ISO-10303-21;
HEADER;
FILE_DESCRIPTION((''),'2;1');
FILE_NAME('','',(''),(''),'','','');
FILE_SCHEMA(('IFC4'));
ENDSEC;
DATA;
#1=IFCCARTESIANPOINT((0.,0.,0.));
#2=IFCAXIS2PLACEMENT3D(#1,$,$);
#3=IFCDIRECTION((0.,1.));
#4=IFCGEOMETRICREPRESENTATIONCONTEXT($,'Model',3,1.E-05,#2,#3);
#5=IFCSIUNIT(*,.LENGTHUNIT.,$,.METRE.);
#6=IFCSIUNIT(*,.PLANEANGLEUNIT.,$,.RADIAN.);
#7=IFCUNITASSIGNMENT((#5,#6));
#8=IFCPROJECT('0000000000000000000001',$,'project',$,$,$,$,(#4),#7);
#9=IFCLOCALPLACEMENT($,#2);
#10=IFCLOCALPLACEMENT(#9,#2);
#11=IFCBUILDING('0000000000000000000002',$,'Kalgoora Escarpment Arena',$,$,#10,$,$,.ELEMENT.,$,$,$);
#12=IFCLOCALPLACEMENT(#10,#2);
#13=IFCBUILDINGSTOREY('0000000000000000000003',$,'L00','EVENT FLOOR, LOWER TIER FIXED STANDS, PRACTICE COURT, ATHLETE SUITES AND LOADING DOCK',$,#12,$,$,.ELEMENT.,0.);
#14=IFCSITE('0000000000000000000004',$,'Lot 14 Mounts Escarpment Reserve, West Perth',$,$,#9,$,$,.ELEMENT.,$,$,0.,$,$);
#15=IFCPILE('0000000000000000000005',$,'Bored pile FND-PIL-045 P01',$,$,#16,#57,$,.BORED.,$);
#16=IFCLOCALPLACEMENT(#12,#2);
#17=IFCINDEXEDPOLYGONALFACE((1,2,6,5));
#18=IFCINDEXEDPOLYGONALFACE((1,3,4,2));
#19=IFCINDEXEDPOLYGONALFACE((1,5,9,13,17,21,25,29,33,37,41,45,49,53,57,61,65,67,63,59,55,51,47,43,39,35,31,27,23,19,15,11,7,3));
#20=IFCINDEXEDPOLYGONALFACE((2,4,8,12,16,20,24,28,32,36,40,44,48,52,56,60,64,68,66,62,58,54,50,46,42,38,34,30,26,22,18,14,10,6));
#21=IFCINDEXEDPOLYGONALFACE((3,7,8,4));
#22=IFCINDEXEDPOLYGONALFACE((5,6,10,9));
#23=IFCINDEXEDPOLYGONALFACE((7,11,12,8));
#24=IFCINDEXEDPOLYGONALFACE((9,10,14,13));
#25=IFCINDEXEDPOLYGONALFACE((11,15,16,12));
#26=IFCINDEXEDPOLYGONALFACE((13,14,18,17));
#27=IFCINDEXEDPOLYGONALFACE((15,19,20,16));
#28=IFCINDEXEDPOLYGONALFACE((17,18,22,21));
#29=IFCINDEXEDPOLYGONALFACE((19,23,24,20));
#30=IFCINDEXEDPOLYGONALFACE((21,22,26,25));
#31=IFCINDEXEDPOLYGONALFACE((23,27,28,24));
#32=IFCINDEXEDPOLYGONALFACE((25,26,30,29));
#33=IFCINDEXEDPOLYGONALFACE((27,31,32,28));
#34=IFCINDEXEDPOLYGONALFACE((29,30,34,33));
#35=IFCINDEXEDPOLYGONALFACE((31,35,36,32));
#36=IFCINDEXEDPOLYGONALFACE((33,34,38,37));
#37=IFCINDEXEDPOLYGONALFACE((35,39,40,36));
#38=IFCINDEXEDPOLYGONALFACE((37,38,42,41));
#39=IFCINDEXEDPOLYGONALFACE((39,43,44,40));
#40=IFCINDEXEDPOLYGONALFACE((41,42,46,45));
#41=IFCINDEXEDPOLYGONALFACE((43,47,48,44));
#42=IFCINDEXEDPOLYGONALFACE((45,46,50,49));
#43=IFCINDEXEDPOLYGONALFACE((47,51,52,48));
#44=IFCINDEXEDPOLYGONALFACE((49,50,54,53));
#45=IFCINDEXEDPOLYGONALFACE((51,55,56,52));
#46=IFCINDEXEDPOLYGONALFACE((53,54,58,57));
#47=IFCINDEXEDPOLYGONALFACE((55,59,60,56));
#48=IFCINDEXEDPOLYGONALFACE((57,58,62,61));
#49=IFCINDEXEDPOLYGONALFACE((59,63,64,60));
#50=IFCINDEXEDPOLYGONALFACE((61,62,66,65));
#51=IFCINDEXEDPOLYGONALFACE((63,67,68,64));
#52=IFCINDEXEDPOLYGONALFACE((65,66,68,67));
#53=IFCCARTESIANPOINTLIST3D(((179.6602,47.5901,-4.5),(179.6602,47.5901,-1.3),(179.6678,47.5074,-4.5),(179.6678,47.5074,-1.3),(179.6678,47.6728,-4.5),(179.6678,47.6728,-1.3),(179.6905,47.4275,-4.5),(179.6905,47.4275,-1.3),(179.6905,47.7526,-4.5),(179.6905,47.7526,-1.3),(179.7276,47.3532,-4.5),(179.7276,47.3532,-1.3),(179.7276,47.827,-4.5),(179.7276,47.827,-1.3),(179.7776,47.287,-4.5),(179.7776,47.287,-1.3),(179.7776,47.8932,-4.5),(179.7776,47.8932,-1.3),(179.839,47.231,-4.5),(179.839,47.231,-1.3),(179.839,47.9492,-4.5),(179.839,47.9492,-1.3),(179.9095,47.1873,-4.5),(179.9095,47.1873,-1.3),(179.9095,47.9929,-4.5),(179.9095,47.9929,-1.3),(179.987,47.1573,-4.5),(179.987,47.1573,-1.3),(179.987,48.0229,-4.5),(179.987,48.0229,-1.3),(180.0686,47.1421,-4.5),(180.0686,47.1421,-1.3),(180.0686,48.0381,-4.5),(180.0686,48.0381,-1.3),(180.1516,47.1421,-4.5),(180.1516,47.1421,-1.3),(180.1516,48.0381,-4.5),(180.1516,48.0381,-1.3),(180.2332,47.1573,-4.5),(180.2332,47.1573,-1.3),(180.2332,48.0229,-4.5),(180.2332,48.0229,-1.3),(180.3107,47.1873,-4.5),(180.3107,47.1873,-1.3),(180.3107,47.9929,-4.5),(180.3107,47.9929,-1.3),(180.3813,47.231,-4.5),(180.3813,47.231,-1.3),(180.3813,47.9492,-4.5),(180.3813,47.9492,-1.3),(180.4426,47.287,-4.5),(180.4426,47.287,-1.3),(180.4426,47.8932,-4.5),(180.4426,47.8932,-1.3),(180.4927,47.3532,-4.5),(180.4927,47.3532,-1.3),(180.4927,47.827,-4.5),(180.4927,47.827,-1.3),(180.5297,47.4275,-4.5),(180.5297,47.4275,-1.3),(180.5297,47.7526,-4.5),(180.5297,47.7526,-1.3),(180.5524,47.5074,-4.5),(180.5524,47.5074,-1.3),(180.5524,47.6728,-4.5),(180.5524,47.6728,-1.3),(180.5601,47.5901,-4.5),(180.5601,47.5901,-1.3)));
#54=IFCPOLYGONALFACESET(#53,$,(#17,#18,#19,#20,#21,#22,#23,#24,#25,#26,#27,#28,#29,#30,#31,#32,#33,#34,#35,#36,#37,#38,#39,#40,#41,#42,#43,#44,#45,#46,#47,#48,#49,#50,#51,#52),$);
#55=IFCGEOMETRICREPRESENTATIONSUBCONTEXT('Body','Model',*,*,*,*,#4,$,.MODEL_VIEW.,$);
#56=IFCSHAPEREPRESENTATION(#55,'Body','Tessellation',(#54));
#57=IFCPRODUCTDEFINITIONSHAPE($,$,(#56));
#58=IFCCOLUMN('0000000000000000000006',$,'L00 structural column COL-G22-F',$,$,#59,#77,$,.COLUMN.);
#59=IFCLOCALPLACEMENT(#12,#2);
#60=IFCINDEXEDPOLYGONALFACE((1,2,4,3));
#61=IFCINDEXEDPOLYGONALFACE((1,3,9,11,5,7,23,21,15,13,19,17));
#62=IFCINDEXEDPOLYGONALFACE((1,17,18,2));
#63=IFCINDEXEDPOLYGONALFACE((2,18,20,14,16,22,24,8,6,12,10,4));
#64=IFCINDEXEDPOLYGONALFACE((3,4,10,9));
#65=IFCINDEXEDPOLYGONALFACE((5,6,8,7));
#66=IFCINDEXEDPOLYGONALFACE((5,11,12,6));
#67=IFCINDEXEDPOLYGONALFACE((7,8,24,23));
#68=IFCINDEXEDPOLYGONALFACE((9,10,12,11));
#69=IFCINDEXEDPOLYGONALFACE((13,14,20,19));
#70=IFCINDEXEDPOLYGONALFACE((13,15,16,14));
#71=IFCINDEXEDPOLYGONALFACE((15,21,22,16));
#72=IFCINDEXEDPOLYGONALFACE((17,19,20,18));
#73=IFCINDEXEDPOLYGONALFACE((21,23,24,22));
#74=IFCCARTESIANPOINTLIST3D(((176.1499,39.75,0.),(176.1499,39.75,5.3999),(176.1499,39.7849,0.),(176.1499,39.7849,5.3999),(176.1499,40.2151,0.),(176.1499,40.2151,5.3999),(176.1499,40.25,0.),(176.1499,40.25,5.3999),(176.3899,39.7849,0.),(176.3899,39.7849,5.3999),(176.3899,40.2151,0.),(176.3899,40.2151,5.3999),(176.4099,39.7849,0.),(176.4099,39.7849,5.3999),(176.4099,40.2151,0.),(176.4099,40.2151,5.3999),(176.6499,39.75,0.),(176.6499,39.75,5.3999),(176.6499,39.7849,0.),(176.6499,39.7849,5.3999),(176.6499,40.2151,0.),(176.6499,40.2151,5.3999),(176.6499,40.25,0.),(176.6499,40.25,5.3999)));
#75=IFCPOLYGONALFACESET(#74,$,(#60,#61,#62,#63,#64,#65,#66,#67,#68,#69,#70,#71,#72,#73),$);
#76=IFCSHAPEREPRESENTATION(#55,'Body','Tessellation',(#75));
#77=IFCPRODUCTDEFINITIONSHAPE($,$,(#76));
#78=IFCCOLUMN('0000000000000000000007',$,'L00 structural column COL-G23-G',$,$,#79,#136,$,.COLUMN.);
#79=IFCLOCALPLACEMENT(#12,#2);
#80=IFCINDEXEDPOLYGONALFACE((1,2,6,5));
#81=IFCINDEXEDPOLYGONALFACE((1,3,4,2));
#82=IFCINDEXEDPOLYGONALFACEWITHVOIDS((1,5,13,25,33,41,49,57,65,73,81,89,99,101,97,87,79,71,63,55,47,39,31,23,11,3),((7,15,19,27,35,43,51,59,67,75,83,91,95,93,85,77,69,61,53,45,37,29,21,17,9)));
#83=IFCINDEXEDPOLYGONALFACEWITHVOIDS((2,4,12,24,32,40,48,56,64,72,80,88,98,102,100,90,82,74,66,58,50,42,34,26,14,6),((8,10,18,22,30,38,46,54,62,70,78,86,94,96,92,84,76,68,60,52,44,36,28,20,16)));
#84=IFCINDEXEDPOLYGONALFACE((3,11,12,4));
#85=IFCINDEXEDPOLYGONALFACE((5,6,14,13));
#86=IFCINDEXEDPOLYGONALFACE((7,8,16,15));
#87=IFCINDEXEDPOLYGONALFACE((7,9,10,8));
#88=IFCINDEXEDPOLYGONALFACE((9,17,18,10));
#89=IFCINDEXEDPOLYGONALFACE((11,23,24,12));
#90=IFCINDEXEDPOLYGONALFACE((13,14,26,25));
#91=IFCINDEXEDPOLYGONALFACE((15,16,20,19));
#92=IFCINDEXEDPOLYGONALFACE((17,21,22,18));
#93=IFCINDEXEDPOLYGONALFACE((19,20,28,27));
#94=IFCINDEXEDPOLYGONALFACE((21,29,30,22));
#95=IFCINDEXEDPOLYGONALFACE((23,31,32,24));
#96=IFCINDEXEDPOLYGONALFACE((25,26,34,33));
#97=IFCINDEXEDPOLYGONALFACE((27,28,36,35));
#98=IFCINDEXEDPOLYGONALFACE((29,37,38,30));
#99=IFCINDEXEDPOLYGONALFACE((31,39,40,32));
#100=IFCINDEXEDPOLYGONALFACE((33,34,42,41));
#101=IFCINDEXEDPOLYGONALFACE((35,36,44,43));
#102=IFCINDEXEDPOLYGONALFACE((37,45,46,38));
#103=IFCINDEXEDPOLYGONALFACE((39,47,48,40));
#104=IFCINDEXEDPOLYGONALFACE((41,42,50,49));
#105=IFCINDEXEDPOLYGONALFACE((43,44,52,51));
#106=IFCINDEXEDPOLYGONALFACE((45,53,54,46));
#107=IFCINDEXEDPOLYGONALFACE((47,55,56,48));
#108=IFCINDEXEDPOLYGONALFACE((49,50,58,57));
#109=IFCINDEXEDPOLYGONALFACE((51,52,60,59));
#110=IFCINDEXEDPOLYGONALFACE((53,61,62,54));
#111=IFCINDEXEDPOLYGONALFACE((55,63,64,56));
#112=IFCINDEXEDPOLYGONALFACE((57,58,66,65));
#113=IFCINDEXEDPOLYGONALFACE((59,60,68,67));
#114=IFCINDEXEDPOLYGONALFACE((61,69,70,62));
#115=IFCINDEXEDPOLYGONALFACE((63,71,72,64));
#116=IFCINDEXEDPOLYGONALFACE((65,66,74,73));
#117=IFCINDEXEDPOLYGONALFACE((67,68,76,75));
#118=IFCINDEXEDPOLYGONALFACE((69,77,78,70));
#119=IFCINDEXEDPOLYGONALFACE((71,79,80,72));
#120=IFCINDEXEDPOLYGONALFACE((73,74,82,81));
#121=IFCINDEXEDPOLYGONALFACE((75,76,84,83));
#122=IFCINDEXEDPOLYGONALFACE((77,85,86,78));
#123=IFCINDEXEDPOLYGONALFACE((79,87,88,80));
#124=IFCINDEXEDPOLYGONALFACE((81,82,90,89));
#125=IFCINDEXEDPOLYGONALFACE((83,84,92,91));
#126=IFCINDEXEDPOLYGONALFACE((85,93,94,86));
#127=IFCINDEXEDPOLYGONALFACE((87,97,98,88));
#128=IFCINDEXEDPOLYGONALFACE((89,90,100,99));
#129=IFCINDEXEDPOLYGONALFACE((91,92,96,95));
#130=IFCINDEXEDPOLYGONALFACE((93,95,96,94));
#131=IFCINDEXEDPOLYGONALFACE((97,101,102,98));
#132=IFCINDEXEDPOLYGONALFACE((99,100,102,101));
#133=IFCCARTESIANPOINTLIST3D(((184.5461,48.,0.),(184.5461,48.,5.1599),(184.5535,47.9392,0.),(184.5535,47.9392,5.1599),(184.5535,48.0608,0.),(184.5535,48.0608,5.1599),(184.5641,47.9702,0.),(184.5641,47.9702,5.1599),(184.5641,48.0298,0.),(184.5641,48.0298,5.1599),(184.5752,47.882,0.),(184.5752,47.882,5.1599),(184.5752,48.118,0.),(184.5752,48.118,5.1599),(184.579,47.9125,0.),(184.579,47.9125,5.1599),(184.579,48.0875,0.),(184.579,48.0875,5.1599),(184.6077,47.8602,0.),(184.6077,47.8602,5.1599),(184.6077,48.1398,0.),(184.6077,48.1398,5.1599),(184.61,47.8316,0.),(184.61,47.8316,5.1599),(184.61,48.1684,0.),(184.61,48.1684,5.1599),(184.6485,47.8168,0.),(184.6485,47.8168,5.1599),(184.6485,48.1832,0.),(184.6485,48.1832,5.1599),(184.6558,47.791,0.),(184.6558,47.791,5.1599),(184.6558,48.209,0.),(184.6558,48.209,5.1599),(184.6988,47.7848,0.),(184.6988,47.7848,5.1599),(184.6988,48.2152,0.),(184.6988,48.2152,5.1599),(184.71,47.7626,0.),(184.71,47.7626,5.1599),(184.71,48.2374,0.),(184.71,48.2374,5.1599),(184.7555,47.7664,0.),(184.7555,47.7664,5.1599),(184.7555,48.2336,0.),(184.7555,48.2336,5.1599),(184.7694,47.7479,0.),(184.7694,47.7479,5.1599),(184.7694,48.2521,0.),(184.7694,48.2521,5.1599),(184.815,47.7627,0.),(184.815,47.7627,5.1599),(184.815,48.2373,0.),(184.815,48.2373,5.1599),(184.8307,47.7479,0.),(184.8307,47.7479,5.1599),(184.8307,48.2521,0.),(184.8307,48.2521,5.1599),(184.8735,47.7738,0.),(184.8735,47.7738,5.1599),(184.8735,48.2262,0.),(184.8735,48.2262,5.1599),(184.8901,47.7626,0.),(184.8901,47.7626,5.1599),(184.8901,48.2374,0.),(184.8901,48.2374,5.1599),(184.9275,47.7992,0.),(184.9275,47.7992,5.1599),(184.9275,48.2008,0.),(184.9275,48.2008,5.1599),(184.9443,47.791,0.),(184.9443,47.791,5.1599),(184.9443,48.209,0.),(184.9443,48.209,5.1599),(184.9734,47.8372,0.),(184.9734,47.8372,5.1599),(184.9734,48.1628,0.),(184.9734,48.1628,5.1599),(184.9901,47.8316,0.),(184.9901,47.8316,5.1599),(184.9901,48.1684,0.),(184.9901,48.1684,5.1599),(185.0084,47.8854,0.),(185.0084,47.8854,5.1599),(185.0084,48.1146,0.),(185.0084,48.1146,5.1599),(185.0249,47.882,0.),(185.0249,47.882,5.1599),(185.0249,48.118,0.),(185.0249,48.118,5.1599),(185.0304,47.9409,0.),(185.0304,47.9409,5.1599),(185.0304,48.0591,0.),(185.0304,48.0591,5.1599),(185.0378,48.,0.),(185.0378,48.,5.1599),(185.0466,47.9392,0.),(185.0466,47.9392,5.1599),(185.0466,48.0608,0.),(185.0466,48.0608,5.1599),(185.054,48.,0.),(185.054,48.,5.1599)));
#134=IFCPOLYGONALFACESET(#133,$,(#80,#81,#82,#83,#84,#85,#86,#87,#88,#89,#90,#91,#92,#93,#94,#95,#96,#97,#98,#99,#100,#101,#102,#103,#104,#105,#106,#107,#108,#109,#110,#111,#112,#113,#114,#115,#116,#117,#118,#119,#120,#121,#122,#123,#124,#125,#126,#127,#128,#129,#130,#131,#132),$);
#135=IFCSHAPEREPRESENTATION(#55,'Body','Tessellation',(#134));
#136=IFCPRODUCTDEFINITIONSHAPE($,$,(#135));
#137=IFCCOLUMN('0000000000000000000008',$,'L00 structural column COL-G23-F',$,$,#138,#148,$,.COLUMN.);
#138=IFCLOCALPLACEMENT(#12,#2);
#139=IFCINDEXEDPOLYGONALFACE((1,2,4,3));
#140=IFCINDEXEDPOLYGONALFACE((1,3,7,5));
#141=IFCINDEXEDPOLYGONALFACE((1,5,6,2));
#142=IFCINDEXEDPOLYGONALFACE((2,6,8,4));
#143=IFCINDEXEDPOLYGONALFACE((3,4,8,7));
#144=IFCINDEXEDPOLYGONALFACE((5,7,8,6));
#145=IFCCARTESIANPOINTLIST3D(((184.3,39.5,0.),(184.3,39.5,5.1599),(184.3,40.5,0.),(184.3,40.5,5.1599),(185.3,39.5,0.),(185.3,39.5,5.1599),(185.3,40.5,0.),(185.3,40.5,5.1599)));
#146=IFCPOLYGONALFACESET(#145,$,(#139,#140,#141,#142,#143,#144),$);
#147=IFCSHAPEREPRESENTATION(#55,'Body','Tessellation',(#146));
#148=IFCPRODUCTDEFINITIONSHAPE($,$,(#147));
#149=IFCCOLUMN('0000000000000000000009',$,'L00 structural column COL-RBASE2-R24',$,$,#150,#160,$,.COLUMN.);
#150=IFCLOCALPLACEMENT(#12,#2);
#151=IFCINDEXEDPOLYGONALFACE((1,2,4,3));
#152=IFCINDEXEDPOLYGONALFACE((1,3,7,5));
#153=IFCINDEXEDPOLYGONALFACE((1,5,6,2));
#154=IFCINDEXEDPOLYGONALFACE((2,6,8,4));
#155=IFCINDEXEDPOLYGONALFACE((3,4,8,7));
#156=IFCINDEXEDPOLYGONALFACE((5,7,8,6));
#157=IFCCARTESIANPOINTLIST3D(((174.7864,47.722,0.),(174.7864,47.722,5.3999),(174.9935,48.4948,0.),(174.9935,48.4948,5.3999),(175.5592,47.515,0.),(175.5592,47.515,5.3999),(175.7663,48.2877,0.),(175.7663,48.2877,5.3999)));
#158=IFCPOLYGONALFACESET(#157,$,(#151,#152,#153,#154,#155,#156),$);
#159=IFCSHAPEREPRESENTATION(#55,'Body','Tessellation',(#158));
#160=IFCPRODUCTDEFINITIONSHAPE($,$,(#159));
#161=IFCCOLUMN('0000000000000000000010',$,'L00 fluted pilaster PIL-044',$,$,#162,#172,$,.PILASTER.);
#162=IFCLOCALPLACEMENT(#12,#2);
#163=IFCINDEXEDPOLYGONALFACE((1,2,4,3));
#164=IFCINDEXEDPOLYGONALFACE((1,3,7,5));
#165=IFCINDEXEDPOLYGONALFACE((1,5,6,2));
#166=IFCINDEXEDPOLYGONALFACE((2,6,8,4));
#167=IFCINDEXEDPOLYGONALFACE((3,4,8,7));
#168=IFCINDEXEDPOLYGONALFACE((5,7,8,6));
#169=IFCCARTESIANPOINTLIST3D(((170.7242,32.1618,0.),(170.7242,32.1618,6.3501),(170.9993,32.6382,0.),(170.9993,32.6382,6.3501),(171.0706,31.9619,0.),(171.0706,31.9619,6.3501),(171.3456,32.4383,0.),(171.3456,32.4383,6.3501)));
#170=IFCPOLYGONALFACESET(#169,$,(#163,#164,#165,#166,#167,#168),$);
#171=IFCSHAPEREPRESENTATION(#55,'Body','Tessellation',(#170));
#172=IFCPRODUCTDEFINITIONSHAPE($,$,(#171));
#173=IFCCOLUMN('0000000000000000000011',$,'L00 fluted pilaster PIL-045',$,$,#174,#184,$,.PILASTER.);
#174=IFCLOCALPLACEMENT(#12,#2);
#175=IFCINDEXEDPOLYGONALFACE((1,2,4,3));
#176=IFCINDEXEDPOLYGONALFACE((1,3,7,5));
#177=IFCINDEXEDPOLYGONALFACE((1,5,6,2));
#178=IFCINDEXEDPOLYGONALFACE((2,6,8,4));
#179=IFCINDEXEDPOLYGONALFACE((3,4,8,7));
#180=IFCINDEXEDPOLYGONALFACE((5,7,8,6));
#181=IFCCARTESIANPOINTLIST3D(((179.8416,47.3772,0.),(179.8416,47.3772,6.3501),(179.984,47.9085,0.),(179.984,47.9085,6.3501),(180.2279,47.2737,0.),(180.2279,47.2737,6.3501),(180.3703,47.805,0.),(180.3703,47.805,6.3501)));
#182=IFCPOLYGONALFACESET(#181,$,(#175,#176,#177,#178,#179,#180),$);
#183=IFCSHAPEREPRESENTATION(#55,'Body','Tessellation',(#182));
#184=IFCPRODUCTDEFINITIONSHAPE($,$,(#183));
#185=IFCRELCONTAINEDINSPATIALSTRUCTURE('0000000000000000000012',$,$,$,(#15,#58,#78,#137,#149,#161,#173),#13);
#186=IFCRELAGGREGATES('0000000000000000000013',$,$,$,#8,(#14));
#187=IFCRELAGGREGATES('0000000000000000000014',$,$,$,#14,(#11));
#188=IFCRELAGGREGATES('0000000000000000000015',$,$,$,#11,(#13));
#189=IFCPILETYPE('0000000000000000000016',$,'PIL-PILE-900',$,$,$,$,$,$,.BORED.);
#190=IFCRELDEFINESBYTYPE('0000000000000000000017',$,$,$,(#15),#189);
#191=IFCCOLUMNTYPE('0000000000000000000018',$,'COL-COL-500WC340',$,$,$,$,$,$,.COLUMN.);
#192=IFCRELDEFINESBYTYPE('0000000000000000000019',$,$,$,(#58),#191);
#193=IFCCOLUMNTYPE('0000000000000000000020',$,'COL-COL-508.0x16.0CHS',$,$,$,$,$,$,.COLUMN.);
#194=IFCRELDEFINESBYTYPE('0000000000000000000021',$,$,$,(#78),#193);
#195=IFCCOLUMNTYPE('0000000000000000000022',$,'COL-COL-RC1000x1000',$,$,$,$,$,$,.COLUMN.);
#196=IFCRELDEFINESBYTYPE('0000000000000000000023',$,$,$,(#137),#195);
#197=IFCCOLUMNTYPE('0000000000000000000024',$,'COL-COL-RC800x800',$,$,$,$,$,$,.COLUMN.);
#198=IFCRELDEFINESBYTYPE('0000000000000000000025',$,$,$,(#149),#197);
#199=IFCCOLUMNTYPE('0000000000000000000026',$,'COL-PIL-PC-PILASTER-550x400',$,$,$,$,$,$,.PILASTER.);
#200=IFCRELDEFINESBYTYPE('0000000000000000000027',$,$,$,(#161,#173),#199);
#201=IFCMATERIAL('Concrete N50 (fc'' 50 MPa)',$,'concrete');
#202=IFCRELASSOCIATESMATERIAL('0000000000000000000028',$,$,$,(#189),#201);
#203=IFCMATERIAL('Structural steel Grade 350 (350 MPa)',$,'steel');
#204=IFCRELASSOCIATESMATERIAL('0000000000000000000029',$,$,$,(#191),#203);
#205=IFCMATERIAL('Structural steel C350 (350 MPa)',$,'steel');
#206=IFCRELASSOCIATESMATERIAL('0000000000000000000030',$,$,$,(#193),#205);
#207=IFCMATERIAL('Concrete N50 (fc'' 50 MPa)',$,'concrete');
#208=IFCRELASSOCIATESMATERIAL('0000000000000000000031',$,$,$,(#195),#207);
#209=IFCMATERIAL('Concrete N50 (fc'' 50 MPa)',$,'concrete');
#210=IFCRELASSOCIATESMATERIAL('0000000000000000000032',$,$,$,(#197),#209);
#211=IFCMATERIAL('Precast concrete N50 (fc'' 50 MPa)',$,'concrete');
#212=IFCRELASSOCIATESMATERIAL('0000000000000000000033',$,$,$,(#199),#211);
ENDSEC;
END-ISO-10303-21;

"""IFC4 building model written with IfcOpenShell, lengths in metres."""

from ifc_helpers import new_model, si_unit, direction, frame, origin, origin_2d, place, context, subcontext, project, spatial, rectangle, circle, hollow_circle, i_section, extrude, material, material_profile, profile_set, type_object, element, save


model = new_model("IFC4")

# Units and contexts
model_context = context("Model", 3, precision=1e-05, world=origin(), true_north=direction((0.0, 1.0)))
body_context = subcontext(model_context, "Body", "Model", "MODEL_VIEW")
ifc_project = project(units=[si_unit("LENGTHUNIT", "METRE"), si_unit("PLANEANGLEUNIT", "RADIAN")], contexts=[model_context])

# Site, building, storey
site_placement = place(None, origin())
site = spatial("IfcSite", under=ifc_project, at=site_placement, Name="Lot 14 Mounts Escarpment Reserve, West Perth", CompositionType="ELEMENT", RefElevation=0.0)
building_placement = place(site_placement, origin())
building = spatial("IfcBuilding", under=site, at=building_placement, Name="Kalgoora Escarpment Arena", CompositionType="ELEMENT")
storey_placement = place(building_placement, origin())
storey = spatial("IfcBuildingStorey", under=building, at=storey_placement, Name="L00", Description="EVENT FLOOR, LOWER TIER FIXED STANDS, PRACTICE COURT, ATHLETE SUITES AND LOADING DOCK", CompositionType="ELEMENT", Elevation=0.0)

# Pile
ifc_material_1 = material(Name="Concrete N50 (fc' 50 MPa)", Category="concrete")
ifc_material_profile_1 = material_profile(ifc_material_1, circle(Radius=0.45, at=origin_2d()))
ifc_profile_set_1 = profile_set([ifc_material_profile_1], Name="Concrete N50 (fc' 50 MPa)")
pile_type = type_object("IfcPileType", Name="PIL-PILE-900", PredefinedType="BORED", material=ifc_profile_set_1)
for number, where, z_axis, x_axis, name in (
    (1, (180.1101, 47.5901, -1.3), (0.0, 0.0, -1.0), (1.0, 0.0, 0.0), "Bored pile FND-PIL-045 P01"),
):
    element("IfcPile", number, at=place(storey_placement, frame(where, z_axis=z_axis, x_axis=x_axis)), inside=storey, type_object=pile_type, Name=name, PredefinedType="BORED", context=body_context, shape_type="SweptSolid", body=[
        extrude(circle(Radius=0.45, at=origin_2d()), origin(), (0.0, 0.0, 1.0), 3.2),
    ])

# Columns
ifc_material_2 = material(Name="Structural steel Grade 350 (350 MPa)", Category="steel")
ifc_material_profile_2 = material_profile(ifc_material_2, i_section(OverallWidth=0.5, OverallDepth=0.5, WebThickness=0.02, FlangeThickness=0.0349, at=origin_2d()))
ifc_profile_set_2 = profile_set([ifc_material_profile_2], Name="Structural steel Grade 350 (350 MPa)")
column_type_1 = type_object("IfcColumnType", Name="COL-COL-500WC340", PredefinedType="COLUMN", material=ifc_profile_set_2)
column_1_placement = place(storey_placement, frame((176.3999, 40.0, 0.0), z_axis=(0.0, 0.0, 1.0), x_axis=(1.0, 0.0, 0.0)))
element("IfcColumn", 2, at=column_1_placement, inside=storey, type_object=column_type_1, Name="L00 structural column COL-G22-F", PredefinedType="COLUMN", context=body_context, shape_type="SweptSolid", body=[
    extrude(i_section(OverallWidth=0.5, OverallDepth=0.5, WebThickness=0.02, FlangeThickness=0.0349, at=origin_2d()), origin(), (0.0, 0.0, 1.0), 5.3999),
])
ifc_material_3 = material(Name="Structural steel C350 (350 MPa)", Category="steel")
ifc_material_profile_3 = material_profile(ifc_material_3, hollow_circle(Radius=0.2539, WallThickness=0.0161, at=origin_2d()))
ifc_profile_set_3 = profile_set([ifc_material_profile_3], Name="Structural steel C350 (350 MPa)")
column_type_2 = type_object("IfcColumnType", Name="COL-COL-508.0x16.0CHS", PredefinedType="COLUMN", material=ifc_profile_set_3)
column_2_placement = place(storey_placement, frame((184.8, 48.0, 0.0), z_axis=(0.0, 0.0, 1.0), x_axis=(1.0, 0.0, 0.0)))
element("IfcColumn", 3, at=column_2_placement, inside=storey, type_object=column_type_2, Name="L00 structural column COL-G23-G", PredefinedType="COLUMN", context=body_context, shape_type="SweptSolid", body=[
    extrude(hollow_circle(Radius=0.2539, WallThickness=0.0161, at=origin_2d()), origin(), (0.0, 0.0, 1.0), 5.1599),
])
ifc_material_4 = material(Name="Concrete N50 (fc' 50 MPa)", Category="concrete")
ifc_material_profile_4 = material_profile(ifc_material_4, rectangle(XDim=1.0, YDim=1.0, at=origin_2d()))
ifc_profile_set_4 = profile_set([ifc_material_profile_4], Name="Concrete N50 (fc' 50 MPa)")
column_type_3 = type_object("IfcColumnType", Name="COL-COL-RC1000x1000", PredefinedType="COLUMN", material=ifc_profile_set_4)
column_3_placement = place(storey_placement, frame((184.8, 40.0, 0.0), z_axis=(0.0, 0.0, 1.0), x_axis=(1.0, 0.0, 0.0)))
element("IfcColumn", 4, at=column_3_placement, inside=storey, type_object=column_type_3, Name="L00 structural column COL-G23-F", PredefinedType="COLUMN", context=body_context, shape_type="SweptSolid", body=[
    extrude(rectangle(XDim=1.0, YDim=1.0, at=origin_2d()), origin(), (0.0, 0.0, 1.0), 5.1599),
])
ifc_material_5 = material(Name="Concrete N50 (fc' 50 MPa)", Category="concrete")
ifc_material_profile_5 = material_profile(ifc_material_5, rectangle(XDim=0.8, YDim=0.8, at=origin_2d()))
ifc_profile_set_5 = profile_set([ifc_material_profile_5], Name="Concrete N50 (fc' 50 MPa)")
column_type_4 = type_object("IfcColumnType", Name="COL-COL-RC800x800", PredefinedType="COLUMN", material=ifc_profile_set_5)
column_4_placement = place(storey_placement, frame((175.2764, 48.0049, 0.0), z_axis=(0.0, 0.0, 1.0), x_axis=(0.965926, -0.258819, 0.0)))
element("IfcColumn", 5, at=column_4_placement, inside=storey, type_object=column_type_4, Name="L00 structural column COL-RBASE2-R24", PredefinedType="COLUMN", context=body_context, shape_type="SweptSolid", body=[
    extrude(rectangle(XDim=0.8, YDim=0.8, at=origin_2d()), origin(), (0.0, 0.0, 1.0), 5.3999),
])
ifc_material_6 = material(Name="Precast concrete N50 (fc' 50 MPa)", Category="concrete")
ifc_material_profile_6 = material_profile(ifc_material_6, rectangle(XDim=0.3999, YDim=0.55, at=origin_2d()))
ifc_profile_set_6 = profile_set([ifc_material_profile_6], Name="Precast concrete N50 (fc' 50 MPa)")
column_type_5 = type_object("IfcColumnType", Name="COL-PIL-PC-PILASTER-550x400", PredefinedType="PILASTER", material=ifc_profile_set_6)
for number, where, z_axis, x_axis, name in (
    (6, (171.0349, 32.3, 0.0), (0.0, 0.0, 1.0), (0.866025, -0.5, 0.0), "L00 fluted pilaster PIL-044"),
    (7, (180.106, 47.5911, 0.0), (0.0, 0.0, 1.0), (0.965926, -0.258819, 0.0), "L00 fluted pilaster PIL-045"),
):
    element("IfcColumn", number, at=place(storey_placement, frame(where, z_axis=z_axis, x_axis=x_axis)), inside=storey, type_object=column_type_5, Name=name, PredefinedType="PILASTER", context=body_context, shape_type="SweptSolid", body=[
        extrude(rectangle(XDim=0.3999, YDim=0.55, at=origin_2d()), origin(), (0.0, 0.0, 1.0), 6.3501),
    ])

save(model, "model.ifc")
